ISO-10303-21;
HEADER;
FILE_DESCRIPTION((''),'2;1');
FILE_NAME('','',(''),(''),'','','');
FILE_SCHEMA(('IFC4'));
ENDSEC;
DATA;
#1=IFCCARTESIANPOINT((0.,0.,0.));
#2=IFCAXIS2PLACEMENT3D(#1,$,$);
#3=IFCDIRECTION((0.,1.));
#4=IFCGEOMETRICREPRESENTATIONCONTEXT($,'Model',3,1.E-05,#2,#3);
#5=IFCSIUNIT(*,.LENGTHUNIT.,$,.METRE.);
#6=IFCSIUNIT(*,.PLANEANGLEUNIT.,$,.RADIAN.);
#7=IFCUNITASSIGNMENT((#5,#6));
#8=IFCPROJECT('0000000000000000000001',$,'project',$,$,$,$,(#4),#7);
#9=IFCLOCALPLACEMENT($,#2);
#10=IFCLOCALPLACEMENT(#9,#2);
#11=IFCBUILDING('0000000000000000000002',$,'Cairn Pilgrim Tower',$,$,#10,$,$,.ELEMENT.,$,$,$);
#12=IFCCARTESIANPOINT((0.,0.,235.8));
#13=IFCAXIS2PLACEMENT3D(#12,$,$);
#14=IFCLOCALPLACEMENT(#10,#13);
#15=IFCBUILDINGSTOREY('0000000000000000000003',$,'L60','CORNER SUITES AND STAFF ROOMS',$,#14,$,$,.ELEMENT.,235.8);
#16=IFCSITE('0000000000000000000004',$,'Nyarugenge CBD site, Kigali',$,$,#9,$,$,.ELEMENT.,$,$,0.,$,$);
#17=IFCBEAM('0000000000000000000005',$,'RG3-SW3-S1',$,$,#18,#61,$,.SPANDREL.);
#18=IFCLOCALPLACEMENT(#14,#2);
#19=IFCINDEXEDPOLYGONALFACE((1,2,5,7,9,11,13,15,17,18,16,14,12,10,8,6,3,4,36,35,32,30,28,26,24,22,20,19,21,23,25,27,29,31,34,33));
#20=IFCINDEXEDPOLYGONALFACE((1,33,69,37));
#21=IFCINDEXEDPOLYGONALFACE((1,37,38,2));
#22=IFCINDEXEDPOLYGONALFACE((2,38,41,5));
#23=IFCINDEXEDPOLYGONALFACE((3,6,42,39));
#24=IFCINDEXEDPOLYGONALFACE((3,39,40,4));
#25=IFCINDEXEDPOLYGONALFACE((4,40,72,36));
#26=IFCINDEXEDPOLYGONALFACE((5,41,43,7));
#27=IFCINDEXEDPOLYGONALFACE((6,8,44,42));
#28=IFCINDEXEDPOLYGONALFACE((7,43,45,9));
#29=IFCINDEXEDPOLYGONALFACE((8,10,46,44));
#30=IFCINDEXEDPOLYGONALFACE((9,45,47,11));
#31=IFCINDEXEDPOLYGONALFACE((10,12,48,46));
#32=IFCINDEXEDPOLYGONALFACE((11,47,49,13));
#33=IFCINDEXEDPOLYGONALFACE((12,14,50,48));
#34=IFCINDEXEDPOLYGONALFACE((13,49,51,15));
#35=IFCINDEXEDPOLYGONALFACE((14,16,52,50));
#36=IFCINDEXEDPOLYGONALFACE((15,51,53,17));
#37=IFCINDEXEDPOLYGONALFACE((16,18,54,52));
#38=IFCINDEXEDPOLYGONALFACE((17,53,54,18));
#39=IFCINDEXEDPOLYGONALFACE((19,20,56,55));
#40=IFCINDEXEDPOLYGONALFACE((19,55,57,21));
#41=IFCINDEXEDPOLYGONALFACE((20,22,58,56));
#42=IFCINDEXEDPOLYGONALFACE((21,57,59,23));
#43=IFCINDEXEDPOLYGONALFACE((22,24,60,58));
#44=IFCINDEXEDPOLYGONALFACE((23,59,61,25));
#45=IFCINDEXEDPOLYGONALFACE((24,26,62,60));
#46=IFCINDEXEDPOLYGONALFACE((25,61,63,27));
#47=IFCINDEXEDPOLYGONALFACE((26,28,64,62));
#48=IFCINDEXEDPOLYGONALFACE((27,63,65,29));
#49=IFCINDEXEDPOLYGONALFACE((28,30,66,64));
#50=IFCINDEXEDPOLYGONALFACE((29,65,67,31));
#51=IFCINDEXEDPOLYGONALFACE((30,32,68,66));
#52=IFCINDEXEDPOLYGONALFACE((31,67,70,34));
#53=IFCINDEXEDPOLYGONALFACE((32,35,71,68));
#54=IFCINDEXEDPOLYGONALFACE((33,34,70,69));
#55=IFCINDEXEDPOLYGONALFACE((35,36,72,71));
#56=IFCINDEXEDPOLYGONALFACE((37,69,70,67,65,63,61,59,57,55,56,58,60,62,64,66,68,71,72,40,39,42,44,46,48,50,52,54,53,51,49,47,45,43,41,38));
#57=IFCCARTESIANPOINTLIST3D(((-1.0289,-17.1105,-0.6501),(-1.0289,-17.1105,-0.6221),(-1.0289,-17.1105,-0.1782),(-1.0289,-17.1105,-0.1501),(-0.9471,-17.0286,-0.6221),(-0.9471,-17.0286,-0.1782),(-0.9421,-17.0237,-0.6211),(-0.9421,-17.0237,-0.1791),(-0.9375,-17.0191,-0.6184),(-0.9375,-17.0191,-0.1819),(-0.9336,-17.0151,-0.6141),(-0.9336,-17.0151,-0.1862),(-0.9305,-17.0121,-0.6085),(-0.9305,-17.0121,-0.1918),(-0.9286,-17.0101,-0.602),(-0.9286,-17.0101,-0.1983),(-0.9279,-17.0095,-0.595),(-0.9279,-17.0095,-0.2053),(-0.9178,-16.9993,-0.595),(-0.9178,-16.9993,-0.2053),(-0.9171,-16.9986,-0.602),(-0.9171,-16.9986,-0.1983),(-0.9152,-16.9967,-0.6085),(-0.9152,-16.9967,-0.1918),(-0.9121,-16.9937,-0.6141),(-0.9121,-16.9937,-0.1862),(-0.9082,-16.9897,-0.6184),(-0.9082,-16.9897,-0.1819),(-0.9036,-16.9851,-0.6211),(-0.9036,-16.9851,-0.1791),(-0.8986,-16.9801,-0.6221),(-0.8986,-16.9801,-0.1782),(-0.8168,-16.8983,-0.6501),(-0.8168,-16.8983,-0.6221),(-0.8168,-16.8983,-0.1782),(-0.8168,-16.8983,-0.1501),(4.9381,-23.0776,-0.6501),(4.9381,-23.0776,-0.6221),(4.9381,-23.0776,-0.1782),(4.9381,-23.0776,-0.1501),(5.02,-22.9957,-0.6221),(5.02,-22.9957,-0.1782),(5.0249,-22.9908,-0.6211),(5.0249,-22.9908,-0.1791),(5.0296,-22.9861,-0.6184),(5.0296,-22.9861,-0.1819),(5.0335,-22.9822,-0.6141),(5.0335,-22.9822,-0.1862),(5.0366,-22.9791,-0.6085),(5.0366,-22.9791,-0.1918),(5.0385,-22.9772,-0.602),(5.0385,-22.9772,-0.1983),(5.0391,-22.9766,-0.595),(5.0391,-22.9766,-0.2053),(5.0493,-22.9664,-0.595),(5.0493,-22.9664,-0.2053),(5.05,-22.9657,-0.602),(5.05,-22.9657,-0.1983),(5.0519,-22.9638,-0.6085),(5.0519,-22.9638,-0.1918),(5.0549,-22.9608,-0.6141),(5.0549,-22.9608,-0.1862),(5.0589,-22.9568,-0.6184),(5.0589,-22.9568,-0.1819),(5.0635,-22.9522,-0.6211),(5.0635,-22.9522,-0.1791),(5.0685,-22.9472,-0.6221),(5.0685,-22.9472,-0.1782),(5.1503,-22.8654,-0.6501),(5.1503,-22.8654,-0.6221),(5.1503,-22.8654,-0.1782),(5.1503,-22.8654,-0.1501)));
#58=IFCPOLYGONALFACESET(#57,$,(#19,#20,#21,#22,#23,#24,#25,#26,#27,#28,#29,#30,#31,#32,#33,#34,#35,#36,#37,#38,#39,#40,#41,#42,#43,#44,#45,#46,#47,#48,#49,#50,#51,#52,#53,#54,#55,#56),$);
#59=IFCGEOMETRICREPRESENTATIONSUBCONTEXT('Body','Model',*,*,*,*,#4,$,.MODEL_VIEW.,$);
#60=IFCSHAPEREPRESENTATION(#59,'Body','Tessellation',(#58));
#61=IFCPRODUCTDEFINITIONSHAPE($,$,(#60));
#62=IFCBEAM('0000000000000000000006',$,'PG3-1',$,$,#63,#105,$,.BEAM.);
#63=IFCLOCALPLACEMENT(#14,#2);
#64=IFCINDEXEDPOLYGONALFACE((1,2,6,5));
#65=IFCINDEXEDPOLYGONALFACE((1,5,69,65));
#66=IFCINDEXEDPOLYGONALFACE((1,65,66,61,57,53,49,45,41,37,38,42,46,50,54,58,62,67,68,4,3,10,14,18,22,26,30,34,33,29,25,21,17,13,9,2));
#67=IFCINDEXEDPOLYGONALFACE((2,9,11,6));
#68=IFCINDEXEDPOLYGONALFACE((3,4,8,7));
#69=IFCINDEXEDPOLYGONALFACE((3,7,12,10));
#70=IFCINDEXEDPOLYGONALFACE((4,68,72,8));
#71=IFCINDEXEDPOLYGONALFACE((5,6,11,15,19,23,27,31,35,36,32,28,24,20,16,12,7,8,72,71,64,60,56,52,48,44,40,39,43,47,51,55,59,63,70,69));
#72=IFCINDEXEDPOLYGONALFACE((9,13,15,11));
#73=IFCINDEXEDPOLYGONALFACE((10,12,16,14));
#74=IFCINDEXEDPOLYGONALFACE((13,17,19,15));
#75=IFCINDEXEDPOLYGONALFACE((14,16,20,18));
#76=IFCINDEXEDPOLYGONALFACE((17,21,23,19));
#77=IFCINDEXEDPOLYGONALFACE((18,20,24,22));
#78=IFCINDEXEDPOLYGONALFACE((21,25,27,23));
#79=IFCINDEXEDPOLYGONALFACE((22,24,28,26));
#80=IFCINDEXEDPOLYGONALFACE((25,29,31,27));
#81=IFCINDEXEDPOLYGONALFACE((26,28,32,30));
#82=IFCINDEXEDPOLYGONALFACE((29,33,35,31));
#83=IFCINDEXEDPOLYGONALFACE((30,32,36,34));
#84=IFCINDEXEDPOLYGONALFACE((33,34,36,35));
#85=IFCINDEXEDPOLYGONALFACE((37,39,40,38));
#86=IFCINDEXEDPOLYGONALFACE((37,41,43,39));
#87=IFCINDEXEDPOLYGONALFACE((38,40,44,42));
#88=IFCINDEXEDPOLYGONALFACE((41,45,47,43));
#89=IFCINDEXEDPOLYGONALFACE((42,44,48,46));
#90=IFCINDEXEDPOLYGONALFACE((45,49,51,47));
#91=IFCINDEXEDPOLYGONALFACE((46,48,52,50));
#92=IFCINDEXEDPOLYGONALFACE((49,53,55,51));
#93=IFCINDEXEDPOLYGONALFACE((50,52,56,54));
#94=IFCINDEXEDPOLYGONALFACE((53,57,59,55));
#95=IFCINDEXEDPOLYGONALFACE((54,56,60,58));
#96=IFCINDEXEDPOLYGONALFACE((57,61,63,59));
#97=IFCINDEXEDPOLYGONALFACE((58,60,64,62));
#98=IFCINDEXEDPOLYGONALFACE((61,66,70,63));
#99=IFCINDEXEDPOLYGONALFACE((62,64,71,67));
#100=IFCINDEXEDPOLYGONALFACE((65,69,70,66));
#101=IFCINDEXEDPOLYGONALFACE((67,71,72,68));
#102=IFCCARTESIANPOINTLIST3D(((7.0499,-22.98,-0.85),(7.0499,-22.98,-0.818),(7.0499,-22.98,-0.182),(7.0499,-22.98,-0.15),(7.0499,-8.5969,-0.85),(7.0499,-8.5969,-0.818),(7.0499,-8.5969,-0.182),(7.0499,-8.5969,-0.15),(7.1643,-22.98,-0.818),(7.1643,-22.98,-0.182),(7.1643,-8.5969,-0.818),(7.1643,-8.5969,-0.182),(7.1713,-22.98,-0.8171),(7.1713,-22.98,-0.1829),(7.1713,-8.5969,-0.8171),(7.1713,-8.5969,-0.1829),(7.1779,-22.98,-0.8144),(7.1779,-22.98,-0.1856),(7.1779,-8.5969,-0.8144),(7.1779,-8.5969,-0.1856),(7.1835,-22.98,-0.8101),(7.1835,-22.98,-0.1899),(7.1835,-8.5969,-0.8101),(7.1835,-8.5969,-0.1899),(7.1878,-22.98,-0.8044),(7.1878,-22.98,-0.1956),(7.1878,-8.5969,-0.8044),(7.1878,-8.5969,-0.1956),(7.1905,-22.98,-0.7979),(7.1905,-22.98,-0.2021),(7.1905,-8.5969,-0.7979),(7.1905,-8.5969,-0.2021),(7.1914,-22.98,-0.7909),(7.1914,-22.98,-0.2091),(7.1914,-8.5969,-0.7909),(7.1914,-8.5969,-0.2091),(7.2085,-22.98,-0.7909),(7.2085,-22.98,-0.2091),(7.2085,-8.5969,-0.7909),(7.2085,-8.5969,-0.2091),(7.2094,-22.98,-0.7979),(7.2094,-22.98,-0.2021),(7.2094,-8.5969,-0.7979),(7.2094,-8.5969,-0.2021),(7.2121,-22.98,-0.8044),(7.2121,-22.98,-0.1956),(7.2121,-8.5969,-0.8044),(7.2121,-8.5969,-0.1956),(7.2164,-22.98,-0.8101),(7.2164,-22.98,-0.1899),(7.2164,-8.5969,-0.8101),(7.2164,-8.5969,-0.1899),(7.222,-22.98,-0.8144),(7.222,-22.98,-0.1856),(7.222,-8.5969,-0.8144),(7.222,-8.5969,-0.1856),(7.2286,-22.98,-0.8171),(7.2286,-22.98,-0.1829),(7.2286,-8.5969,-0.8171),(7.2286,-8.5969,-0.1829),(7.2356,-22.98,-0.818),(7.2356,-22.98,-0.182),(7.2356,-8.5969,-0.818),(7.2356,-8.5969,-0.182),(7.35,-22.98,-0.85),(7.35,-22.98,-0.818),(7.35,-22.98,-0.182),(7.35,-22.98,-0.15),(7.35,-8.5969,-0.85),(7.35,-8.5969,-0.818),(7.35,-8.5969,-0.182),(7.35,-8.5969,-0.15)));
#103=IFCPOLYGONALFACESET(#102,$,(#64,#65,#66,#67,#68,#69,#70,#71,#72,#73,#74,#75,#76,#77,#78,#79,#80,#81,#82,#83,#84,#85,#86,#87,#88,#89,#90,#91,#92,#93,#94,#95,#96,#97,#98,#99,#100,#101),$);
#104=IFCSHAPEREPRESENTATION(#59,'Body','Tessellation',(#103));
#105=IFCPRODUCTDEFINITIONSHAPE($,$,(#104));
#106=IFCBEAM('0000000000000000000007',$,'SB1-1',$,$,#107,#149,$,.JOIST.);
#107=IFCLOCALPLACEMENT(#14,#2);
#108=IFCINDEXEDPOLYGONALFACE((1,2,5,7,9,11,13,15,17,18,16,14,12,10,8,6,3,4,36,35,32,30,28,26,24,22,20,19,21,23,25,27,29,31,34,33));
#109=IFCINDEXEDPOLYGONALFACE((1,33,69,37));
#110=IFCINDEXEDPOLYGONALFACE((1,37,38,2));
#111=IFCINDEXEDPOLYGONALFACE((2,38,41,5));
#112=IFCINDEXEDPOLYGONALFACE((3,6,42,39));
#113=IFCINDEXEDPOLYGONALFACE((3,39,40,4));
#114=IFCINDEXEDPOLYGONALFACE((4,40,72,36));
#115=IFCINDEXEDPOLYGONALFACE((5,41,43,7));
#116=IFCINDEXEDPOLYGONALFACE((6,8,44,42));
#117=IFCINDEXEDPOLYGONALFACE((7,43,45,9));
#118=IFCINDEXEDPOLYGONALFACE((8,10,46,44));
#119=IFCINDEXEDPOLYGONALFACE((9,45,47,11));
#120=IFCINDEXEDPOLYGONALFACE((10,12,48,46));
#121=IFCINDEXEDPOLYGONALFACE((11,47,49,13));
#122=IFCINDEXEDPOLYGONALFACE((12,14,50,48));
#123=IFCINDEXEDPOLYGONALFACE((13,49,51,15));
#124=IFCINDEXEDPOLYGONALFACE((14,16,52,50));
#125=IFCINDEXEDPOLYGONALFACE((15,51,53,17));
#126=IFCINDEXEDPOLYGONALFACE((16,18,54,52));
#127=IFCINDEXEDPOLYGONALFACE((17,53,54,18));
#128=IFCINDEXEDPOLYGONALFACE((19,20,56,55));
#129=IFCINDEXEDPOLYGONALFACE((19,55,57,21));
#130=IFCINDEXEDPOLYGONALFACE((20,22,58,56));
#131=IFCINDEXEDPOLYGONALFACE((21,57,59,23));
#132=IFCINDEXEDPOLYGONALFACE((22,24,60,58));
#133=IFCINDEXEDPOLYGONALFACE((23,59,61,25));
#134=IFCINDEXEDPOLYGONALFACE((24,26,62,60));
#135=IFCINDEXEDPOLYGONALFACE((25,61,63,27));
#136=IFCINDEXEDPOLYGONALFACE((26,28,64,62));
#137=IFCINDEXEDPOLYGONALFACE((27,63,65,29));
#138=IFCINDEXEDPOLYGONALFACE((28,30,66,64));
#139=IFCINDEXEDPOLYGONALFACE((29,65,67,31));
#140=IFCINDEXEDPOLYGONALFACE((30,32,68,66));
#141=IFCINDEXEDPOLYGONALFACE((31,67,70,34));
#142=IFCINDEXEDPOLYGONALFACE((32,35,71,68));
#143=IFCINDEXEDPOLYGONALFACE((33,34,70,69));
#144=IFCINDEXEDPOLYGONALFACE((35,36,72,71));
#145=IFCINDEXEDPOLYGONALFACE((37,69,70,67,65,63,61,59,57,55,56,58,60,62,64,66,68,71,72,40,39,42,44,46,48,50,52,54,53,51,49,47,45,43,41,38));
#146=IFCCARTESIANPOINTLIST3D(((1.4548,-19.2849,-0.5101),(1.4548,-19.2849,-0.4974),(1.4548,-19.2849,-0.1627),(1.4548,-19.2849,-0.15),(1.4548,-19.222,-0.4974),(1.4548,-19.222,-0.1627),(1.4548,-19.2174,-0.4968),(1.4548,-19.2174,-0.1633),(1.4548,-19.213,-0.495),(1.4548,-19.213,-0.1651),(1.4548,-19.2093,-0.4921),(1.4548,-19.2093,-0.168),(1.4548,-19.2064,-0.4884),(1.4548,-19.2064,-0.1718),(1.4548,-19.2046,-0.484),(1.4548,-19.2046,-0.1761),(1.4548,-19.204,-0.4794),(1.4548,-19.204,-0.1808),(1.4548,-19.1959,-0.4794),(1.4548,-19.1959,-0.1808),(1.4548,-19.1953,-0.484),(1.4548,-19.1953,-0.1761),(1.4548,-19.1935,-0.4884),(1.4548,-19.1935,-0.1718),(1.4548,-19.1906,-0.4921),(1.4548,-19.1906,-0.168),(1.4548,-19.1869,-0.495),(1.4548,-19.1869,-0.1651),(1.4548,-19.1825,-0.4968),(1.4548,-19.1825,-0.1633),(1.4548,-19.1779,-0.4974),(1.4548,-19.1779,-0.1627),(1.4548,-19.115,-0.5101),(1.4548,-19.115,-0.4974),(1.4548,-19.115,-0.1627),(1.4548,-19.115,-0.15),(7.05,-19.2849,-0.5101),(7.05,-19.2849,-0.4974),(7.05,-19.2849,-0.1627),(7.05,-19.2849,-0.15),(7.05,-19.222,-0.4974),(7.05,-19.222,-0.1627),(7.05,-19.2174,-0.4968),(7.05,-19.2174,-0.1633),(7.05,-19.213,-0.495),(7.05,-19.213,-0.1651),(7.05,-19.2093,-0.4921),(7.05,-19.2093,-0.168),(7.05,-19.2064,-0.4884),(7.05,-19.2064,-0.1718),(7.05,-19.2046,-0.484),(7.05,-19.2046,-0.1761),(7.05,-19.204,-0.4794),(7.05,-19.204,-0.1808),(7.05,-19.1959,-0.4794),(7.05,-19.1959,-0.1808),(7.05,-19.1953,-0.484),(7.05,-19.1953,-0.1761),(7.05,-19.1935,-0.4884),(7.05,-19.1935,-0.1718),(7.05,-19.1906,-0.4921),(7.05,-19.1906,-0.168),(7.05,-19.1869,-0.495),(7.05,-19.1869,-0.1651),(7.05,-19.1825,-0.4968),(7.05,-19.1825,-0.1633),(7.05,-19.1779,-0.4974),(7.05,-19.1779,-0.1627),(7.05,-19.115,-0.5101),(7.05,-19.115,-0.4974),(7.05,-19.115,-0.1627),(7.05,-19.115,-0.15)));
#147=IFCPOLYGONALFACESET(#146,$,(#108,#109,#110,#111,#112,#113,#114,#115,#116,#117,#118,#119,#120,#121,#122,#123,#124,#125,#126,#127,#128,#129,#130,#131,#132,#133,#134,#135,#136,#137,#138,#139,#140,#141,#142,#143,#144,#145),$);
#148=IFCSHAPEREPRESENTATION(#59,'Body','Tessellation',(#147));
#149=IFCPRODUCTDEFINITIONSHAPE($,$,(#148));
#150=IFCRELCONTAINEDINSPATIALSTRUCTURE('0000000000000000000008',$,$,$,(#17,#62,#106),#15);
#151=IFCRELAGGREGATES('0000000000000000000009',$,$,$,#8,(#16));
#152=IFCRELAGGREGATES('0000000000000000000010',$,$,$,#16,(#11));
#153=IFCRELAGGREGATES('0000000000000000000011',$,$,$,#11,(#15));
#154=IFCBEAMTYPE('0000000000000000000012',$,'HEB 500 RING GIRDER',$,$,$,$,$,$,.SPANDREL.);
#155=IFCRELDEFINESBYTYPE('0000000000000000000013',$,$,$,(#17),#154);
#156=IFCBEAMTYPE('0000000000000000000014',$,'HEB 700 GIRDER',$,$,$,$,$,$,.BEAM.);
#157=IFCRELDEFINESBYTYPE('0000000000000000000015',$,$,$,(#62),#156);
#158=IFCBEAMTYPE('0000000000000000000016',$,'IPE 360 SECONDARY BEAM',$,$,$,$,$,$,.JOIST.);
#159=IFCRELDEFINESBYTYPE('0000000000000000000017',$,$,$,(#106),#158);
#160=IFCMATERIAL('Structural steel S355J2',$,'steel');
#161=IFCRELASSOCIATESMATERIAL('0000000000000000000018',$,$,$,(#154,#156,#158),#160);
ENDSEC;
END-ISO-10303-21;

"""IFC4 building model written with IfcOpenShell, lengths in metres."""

from ifc_helpers import new_model, si_unit, direction, frame, origin, origin_2d, place, context, subcontext, project, spatial, i_section, extrude, material, material_profile, profile_set, type_object, element, save


model = new_model("IFC4")

# Units and contexts
model_context = context("Model", 3, precision=1e-05, world=origin(), true_north=direction((0.0, 1.0)))
body_context = subcontext(model_context, "Body", "Model", "MODEL_VIEW")
ifc_project = project(units=[si_unit("LENGTHUNIT", "METRE"), si_unit("PLANEANGLEUNIT", "RADIAN")], contexts=[model_context])

# Site, building, storey
site_placement = place(None, origin())
site = spatial("IfcSite", under=ifc_project, at=site_placement, Name="Nyarugenge CBD site, Kigali", CompositionType="ELEMENT", RefElevation=0.0)
building_placement = place(site_placement, origin())
building = spatial("IfcBuilding", under=site, at=building_placement, Name="Cairn Pilgrim Tower", CompositionType="ELEMENT")
storey_placement = place(building_placement, frame((0.0, 0.0, 235.8)))
storey = spatial("IfcBuildingStorey", under=building, at=storey_placement, Name="L60", Description="CORNER SUITES AND STAFF ROOMS", CompositionType="ELEMENT", Elevation=235.8)

# Beams
ifc_material_1 = material(Name="Structural steel S355J2", Category="steel")
ifc_material_profile_1 = material_profile(ifc_material_1, i_section(OverallWidth=0.3, OverallDepth=0.5, WebThickness=0.0144, FlangeThickness=0.0281, FilletRadius=0.0271, at=origin_2d()), Name="HEB 500")
ifc_profile_set_1 = profile_set([ifc_material_profile_1], Name="Structural steel S355J2")
beam_type_1 = type_object("IfcBeamType", Name="HEB 500 RING GIRDER", PredefinedType="SPANDREL", material=ifc_profile_set_1)
beam_1_placement = place(storey_placement, frame((-0.9229, -17.0044, -0.4001), z_axis=(0.707107, -0.707107, 0.0), x_axis=(0.707107, 0.707107, 0.0)))
element("IfcBeam", 1, at=beam_1_placement, inside=storey, type_object=beam_type_1, Name="RG3-SW3-S1", PredefinedType="SPANDREL", context=body_context, shape_type="SweptSolid", body=[
    extrude(i_section(OverallWidth=0.3, OverallDepth=0.5, WebThickness=0.0144, FlangeThickness=0.0281, FilletRadius=0.0271, at=origin_2d()), origin(), (0.0, 0.0, 1.0), 8.4387),
])
ifc_material_profile_2 = material_profile(ifc_material_1, i_section(OverallWidth=0.3, OverallDepth=0.7, WebThickness=0.0171, FlangeThickness=0.032, FilletRadius=0.0271, at=origin_2d()), Name="HEB 700")
ifc_profile_set_2 = profile_set([ifc_material_profile_2], Name="Structural steel S355J2")
beam_type_2 = type_object("IfcBeamType", Name="HEB 700 GIRDER", PredefinedType="BEAM", material=ifc_profile_set_2)
beam_2_placement = place(storey_placement, frame((7.2, -22.98, -0.5), z_axis=(0.0, 1.0, 0.0), x_axis=(-1.0, 0.0, 0.0)))
element("IfcBeam", 2, at=beam_2_placement, inside=storey, type_object=beam_type_2, Name="PG3-1", PredefinedType="BEAM", context=body_context, shape_type="SweptSolid", body=[
    extrude(i_section(OverallWidth=0.3, OverallDepth=0.7, WebThickness=0.0171, FlangeThickness=0.032, FilletRadius=0.0271, at=origin_2d()), origin(), (0.0, 0.0, 1.0), 14.3831),
])
ifc_material_profile_3 = material_profile(ifc_material_1, i_section(OverallWidth=0.1699, OverallDepth=0.3601, WebThickness=0.0081, FlangeThickness=0.0127, FilletRadius=0.0181, at=origin_2d()), Name="IPE 360")
ifc_profile_set_3 = profile_set([ifc_material_profile_3], Name="Structural steel S355J2")
beam_type_3 = type_object("IfcBeamType", Name="IPE 360 SECONDARY BEAM", PredefinedType="JOIST", material=ifc_profile_set_3)
beam_3_placement = place(storey_placement, frame((1.4548, -19.2, -0.3301), z_axis=(1.0, 0.0, 0.0), x_axis=(0.0, 1.0, 0.0)))
element("IfcBeam", 3, at=beam_3_placement, inside=storey, type_object=beam_type_3, Name="SB1-1", PredefinedType="JOIST", context=body_context, shape_type="SweptSolid", body=[
    extrude(i_section(OverallWidth=0.1699, OverallDepth=0.3601, WebThickness=0.0081, FlangeThickness=0.0127, FilletRadius=0.0181, at=origin_2d()), origin(), (0.0, 0.0, 1.0), 5.5952),
])

save(model, "model.ifc")
